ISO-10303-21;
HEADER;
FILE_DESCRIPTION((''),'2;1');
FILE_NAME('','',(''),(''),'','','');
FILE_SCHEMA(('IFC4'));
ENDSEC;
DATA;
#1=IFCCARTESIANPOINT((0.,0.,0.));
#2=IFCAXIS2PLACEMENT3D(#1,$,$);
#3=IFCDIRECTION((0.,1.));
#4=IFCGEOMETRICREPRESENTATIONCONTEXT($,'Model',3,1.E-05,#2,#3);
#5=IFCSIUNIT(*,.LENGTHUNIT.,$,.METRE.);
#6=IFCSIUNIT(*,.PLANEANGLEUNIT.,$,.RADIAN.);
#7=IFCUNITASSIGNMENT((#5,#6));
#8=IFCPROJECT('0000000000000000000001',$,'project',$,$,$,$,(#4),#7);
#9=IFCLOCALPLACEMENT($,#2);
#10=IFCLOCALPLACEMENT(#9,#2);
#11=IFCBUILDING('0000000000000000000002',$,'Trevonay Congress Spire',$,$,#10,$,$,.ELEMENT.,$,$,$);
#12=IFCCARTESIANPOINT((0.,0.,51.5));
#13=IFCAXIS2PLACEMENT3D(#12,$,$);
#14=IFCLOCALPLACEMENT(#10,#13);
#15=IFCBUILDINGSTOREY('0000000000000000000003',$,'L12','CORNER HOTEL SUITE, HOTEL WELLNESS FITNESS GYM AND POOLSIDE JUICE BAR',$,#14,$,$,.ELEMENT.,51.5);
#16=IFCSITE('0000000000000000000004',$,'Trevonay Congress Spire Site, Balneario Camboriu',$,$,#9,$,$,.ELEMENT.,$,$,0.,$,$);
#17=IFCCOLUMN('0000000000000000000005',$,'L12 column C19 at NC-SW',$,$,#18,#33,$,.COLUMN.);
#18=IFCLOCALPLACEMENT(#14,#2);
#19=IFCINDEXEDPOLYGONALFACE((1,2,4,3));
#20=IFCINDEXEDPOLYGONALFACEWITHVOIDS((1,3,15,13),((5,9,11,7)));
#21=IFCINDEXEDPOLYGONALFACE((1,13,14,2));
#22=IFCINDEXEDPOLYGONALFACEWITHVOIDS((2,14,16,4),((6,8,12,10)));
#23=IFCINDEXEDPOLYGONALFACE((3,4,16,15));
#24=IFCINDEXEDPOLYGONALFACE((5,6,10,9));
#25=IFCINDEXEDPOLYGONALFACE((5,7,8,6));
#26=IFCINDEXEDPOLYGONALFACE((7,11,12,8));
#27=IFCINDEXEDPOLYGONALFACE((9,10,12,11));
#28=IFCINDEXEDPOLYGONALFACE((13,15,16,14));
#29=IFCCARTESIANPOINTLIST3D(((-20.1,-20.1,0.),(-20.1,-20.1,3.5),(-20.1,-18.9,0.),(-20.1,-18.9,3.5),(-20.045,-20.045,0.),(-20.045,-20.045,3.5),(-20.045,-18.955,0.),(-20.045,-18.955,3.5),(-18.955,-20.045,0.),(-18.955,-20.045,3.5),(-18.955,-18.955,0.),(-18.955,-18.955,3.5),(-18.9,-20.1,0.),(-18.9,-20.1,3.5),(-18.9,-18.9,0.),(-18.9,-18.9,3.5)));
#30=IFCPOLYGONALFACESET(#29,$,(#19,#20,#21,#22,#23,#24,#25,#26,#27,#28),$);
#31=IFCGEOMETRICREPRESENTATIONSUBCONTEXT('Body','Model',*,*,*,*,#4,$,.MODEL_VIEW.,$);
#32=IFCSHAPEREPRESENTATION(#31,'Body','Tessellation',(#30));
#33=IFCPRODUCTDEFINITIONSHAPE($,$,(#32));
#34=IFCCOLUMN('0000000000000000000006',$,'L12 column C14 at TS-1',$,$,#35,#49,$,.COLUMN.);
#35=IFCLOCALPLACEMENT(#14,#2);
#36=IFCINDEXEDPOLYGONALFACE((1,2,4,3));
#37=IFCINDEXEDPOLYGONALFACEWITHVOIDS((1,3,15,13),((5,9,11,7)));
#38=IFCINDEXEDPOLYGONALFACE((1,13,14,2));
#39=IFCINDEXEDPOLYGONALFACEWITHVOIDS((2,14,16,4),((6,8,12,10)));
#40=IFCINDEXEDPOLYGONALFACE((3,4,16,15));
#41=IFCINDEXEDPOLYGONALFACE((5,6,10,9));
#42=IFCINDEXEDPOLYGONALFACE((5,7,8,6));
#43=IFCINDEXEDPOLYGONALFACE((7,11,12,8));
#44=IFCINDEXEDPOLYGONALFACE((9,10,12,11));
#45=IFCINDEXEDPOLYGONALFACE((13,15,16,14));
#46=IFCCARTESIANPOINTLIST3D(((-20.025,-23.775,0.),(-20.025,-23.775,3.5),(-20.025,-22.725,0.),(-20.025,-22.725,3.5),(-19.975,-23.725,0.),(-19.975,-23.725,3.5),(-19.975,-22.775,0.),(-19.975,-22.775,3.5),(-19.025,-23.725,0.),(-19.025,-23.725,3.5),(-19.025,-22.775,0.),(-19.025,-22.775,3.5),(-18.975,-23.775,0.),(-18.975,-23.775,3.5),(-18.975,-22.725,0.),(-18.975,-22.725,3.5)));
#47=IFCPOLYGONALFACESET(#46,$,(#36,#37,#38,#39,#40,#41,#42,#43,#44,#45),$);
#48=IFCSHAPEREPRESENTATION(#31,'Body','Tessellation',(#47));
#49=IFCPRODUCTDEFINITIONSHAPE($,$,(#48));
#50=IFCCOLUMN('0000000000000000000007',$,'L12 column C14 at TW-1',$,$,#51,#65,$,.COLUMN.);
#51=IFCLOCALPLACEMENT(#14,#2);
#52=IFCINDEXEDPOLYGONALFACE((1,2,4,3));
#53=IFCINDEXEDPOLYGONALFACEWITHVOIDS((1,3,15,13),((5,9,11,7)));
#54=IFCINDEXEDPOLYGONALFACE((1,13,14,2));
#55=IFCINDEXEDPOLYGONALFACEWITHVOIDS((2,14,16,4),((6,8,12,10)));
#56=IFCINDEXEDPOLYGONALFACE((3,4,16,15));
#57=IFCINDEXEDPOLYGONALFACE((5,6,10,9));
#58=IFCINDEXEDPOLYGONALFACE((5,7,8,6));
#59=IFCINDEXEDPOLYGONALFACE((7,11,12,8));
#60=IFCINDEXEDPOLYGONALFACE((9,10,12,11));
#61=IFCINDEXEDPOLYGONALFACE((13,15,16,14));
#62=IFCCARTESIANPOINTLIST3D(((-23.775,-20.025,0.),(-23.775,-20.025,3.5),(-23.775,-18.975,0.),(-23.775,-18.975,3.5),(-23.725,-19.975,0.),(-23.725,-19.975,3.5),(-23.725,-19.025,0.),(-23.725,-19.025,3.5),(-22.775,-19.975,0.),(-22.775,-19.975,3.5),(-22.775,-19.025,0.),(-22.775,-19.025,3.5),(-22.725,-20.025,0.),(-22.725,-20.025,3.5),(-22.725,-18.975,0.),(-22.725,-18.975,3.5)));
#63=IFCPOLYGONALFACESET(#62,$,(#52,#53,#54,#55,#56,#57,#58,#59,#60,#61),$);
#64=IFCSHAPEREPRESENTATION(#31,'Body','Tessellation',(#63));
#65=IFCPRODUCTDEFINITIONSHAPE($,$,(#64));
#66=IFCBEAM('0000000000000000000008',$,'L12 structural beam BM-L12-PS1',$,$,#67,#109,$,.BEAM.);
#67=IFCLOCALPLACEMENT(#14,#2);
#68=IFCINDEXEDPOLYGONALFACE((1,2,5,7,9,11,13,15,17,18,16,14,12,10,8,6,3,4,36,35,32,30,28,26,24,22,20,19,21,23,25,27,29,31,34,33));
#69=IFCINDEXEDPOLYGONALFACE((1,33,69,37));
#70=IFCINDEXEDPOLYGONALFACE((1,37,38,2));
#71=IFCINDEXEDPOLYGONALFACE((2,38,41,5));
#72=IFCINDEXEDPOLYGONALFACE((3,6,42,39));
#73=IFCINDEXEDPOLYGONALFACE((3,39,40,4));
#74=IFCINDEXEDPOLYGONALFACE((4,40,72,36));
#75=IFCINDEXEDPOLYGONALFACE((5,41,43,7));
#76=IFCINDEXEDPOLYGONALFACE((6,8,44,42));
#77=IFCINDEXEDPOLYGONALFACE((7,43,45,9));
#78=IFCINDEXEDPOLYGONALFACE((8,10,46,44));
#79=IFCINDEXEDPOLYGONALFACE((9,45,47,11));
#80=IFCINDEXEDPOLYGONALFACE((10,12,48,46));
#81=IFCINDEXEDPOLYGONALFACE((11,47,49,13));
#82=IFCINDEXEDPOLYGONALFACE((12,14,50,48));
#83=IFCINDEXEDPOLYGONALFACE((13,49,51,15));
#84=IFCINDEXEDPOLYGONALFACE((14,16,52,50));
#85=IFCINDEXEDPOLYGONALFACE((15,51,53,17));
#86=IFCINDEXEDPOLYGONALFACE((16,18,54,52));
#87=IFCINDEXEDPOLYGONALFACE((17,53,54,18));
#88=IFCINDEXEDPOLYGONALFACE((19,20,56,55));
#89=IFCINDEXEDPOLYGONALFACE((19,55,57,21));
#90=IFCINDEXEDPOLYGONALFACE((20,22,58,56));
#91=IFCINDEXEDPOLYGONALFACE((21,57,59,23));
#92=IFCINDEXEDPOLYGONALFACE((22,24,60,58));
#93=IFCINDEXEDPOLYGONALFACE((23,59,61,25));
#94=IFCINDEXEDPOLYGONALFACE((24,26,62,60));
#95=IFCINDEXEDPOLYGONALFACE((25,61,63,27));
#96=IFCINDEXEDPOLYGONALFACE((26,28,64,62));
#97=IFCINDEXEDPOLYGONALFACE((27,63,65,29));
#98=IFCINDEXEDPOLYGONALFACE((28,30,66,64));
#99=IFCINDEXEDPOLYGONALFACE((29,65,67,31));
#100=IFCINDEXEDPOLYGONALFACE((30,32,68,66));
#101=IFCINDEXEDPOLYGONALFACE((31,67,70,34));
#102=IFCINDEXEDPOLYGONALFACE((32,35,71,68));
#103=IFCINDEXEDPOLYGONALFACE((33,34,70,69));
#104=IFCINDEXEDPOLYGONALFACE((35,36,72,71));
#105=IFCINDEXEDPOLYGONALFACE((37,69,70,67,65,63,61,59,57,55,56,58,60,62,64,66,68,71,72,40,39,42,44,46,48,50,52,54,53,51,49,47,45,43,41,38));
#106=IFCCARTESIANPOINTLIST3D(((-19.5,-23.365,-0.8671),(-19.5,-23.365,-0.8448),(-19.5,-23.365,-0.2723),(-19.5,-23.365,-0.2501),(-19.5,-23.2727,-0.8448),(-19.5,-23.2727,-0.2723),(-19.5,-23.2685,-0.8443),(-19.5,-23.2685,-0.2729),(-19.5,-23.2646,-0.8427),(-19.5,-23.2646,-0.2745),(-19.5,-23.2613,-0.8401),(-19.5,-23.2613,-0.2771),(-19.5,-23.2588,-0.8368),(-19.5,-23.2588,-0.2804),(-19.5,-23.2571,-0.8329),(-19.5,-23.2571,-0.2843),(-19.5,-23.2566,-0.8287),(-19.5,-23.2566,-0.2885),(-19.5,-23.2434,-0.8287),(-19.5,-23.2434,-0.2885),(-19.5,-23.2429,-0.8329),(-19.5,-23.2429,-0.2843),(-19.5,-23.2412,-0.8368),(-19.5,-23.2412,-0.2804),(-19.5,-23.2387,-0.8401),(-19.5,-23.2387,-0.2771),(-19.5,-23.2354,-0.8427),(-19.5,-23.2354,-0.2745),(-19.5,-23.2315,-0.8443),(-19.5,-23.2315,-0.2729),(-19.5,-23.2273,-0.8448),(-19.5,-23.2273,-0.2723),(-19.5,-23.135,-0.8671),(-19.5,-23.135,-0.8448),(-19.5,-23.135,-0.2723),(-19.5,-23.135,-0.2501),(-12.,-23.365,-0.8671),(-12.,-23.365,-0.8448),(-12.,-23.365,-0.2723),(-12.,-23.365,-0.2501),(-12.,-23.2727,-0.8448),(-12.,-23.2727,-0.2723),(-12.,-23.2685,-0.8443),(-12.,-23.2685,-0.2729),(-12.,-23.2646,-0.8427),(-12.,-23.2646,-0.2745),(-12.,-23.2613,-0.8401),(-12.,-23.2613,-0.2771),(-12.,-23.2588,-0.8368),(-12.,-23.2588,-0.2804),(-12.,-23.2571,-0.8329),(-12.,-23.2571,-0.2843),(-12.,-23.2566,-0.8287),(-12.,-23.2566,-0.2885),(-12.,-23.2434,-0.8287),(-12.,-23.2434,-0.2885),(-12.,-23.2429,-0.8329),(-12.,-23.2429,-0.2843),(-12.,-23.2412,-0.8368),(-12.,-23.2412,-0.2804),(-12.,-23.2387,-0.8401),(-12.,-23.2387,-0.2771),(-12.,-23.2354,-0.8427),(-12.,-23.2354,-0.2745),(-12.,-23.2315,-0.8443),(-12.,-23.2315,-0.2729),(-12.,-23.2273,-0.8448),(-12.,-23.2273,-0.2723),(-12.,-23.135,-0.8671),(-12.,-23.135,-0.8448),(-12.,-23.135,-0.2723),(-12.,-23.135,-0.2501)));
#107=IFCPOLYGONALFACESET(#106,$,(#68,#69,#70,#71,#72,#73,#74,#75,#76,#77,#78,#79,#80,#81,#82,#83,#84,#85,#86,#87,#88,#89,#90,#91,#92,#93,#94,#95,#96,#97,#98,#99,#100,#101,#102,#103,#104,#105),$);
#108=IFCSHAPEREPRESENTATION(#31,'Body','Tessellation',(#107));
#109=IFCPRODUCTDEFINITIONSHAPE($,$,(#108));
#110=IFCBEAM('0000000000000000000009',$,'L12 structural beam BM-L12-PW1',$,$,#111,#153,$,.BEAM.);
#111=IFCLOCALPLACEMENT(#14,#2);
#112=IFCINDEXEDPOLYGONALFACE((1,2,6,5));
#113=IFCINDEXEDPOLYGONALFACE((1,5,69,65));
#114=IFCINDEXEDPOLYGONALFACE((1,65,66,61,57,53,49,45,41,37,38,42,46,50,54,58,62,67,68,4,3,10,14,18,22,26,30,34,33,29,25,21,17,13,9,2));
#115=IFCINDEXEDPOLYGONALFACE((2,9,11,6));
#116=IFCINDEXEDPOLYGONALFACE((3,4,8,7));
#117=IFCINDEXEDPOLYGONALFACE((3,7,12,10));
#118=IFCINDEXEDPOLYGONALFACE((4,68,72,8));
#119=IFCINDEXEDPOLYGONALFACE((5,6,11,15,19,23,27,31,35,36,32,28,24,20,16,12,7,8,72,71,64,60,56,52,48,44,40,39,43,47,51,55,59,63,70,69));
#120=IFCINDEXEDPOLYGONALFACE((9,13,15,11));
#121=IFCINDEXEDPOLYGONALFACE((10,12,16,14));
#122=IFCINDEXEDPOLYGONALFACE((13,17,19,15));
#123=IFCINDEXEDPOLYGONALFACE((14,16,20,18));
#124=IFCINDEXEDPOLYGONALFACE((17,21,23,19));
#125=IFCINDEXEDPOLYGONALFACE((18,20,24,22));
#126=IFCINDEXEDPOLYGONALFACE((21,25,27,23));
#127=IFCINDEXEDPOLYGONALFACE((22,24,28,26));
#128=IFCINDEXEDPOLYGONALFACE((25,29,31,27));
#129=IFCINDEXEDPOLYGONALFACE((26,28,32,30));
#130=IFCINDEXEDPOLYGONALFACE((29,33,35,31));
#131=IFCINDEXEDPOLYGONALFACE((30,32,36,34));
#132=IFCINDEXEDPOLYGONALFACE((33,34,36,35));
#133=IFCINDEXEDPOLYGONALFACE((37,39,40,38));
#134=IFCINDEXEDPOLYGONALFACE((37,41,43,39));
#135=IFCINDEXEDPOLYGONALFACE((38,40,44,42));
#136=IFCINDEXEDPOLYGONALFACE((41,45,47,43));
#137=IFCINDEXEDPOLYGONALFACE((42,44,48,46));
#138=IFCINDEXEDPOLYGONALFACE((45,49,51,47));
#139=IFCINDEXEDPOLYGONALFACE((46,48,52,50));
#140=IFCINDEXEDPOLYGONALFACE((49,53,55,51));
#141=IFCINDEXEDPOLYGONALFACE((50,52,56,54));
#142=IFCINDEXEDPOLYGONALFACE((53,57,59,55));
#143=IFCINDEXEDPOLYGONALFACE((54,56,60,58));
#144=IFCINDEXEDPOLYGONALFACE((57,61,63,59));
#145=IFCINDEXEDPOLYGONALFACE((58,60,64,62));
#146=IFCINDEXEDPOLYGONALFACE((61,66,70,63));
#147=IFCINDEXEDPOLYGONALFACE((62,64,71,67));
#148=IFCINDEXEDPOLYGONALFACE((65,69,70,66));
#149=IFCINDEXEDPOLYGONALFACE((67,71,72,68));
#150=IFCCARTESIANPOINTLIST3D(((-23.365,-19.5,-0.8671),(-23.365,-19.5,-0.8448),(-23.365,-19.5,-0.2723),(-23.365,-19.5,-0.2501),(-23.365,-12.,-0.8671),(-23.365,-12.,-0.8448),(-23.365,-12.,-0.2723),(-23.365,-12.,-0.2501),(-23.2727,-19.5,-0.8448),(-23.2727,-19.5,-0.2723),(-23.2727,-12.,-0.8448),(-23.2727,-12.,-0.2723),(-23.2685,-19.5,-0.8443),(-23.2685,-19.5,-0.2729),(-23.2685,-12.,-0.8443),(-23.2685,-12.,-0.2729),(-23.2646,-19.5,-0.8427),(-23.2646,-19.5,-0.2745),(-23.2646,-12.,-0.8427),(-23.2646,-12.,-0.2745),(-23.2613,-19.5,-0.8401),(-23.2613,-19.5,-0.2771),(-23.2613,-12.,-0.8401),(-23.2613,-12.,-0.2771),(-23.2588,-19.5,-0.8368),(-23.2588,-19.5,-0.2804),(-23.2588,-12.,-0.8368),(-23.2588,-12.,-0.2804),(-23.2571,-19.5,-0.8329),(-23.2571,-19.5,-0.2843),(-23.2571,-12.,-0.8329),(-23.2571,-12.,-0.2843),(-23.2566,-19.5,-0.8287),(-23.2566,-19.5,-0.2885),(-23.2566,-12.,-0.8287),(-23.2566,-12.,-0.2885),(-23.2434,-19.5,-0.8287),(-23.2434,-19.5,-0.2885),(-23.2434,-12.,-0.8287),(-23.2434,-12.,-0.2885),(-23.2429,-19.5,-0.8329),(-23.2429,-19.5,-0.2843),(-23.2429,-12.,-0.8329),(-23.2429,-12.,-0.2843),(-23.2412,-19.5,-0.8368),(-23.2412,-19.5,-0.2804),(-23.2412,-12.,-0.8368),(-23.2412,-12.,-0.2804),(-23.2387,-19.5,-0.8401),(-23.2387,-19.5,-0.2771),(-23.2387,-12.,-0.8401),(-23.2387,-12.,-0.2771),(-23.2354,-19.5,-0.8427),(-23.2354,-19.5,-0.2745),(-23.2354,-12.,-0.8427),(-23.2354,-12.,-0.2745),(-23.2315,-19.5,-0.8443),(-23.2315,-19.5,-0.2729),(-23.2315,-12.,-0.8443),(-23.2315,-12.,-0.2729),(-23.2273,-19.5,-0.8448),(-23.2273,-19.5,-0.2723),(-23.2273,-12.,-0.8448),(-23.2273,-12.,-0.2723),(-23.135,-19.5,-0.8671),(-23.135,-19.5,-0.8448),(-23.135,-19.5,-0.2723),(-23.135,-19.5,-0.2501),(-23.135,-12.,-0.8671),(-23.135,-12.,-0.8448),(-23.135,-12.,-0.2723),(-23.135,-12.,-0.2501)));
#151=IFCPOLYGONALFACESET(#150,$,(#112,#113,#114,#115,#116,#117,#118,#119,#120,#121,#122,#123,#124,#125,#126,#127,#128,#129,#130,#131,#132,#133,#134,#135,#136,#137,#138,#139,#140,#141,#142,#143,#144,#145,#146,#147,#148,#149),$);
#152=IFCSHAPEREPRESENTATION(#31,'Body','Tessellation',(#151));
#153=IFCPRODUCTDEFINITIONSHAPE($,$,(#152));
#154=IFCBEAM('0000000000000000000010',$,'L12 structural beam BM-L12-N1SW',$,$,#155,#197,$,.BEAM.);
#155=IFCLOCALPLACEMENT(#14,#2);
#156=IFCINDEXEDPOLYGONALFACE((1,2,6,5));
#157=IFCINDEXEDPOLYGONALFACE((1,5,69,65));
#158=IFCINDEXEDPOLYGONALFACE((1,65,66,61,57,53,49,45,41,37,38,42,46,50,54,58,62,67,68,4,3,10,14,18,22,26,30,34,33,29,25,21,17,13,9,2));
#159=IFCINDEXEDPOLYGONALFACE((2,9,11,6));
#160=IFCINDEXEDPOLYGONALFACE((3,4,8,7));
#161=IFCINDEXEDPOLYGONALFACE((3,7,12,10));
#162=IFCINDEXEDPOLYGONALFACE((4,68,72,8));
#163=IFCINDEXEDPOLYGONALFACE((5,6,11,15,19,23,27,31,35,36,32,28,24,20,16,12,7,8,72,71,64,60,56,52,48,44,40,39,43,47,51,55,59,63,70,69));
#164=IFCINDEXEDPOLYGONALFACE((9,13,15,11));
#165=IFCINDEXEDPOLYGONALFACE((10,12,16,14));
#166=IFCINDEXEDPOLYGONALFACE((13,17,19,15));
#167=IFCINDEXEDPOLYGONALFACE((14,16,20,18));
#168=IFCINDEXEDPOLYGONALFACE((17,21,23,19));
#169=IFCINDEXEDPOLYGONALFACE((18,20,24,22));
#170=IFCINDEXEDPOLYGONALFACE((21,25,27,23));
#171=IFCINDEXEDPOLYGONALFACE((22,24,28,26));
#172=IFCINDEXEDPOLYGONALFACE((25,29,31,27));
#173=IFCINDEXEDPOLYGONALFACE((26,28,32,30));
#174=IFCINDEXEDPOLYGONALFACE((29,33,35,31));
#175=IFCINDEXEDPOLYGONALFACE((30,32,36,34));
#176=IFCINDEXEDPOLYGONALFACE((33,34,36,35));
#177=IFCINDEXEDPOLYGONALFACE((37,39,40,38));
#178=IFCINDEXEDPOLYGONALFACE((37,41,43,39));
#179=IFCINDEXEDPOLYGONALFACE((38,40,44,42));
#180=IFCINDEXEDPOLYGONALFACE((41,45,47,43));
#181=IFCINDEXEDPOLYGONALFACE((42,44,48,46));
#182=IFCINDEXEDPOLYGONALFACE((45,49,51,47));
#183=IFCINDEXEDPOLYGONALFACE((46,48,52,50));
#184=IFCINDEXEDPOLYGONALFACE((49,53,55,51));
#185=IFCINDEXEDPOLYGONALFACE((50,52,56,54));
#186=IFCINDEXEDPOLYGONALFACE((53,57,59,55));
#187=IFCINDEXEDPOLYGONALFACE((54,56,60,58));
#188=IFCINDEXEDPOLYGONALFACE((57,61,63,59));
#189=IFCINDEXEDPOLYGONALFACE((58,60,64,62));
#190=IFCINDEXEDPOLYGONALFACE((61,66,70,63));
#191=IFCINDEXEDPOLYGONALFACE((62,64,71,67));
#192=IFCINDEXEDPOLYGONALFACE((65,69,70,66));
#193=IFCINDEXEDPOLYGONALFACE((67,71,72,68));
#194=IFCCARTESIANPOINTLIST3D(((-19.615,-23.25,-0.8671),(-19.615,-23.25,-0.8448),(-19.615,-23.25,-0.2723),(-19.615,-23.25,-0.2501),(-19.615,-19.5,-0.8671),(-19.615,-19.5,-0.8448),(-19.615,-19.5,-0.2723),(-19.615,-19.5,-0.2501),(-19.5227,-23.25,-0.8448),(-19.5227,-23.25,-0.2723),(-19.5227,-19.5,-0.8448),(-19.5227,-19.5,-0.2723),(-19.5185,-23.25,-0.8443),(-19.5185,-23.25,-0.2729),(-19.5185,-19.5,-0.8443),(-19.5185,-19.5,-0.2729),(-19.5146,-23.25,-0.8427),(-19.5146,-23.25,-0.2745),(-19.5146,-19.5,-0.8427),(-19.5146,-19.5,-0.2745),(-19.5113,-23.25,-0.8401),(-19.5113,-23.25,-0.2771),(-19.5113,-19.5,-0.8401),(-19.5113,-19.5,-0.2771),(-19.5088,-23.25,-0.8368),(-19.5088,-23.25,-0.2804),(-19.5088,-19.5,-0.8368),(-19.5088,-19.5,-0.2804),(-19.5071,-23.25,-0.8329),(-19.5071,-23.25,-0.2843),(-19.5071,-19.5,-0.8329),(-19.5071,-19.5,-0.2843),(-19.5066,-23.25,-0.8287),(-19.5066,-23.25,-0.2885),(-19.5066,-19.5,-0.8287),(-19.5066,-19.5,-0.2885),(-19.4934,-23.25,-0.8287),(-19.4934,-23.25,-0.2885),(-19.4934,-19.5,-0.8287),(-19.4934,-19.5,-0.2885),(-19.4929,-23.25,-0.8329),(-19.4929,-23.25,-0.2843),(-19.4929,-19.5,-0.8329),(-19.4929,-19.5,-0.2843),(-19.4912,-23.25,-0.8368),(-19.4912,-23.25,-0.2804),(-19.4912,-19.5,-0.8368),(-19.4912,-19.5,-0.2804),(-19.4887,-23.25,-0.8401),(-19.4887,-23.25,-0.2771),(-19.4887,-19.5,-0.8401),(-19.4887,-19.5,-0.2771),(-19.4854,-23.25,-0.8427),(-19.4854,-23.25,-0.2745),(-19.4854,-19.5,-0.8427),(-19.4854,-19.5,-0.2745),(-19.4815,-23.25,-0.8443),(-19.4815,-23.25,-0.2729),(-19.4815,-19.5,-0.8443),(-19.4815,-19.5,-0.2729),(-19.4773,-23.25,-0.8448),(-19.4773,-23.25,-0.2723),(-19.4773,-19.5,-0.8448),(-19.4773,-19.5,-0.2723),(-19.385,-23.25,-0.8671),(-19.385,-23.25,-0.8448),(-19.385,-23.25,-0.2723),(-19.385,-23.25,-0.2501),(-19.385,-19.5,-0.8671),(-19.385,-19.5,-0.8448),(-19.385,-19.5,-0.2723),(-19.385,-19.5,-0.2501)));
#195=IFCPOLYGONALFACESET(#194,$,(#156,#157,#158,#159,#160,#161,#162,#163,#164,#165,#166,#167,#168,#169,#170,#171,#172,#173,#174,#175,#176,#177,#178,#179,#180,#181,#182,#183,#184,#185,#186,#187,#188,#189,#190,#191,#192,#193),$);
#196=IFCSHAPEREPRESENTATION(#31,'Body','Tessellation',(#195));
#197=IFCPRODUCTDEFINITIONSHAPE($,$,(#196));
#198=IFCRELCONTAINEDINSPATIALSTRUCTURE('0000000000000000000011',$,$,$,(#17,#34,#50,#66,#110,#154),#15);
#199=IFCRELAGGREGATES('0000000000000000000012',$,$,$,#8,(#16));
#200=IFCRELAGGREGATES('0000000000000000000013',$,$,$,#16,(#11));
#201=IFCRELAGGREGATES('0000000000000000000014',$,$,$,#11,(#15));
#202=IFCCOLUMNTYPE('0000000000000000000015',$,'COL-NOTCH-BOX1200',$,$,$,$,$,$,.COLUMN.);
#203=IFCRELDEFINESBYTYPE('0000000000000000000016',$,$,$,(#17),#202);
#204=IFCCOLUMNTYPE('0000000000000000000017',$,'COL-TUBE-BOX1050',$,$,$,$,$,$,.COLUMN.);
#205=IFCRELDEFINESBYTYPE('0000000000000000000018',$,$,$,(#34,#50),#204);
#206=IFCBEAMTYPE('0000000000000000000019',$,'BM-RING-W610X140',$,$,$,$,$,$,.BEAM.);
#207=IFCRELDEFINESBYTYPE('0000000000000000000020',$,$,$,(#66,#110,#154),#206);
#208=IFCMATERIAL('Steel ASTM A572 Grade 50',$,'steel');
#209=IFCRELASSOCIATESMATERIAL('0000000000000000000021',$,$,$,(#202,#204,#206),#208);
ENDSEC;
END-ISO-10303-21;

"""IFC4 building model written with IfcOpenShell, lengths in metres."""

from ifc_helpers import new_model, si_unit, direction, frame, origin, origin_2d, place, context, subcontext, project, spatial, hollow_rectangle, i_section, extrude, material, material_profile, profile_set, type_object, element, save


model = new_model("IFC4")

# Units and contexts
model_context = context("Model", 3, precision=1e-05, world=origin(), true_north=direction((0.0, 1.0)))
body_context = subcontext(model_context, "Body", "Model", "MODEL_VIEW")
ifc_project = project(units=[si_unit("LENGTHUNIT", "METRE"), si_unit("PLANEANGLEUNIT", "RADIAN")], contexts=[model_context])

# Site, building, storey
site_placement = place(None, origin())
site = spatial("IfcSite", under=ifc_project, at=site_placement, Name="Trevonay Congress Spire Site, Balneario Camboriu", CompositionType="ELEMENT", RefElevation=0.0)
building_placement = place(site_placement, origin())
building = spatial("IfcBuilding", under=site, at=building_placement, Name="Trevonay Congress Spire", CompositionType="ELEMENT")
storey_placement = place(building_placement, frame((0.0, 0.0, 51.5)))
storey = spatial("IfcBuildingStorey", under=building, at=storey_placement, Name="L12", Description="CORNER HOTEL SUITE, HOTEL WELLNESS FITNESS GYM AND POOLSIDE JUICE BAR", CompositionType="ELEMENT", Elevation=51.5)

# Columns
ifc_material_1 = material(Name="Steel ASTM A572 Grade 50", Category="steel")
ifc_material_profile_1 = material_profile(ifc_material_1, hollow_rectangle(XDim=1.2, YDim=1.2, WallThickness=0.0549, at=origin_2d()), Name="BOX 1200x1200x55")
ifc_profile_set_1 = profile_set([ifc_material_profile_1], Name="Steel ASTM A572 Grade 50")
column_type_1 = type_object("IfcColumnType", Name="COL-NOTCH-BOX1200", PredefinedType="COLUMN", material=ifc_profile_set_1)
column_placement = place(storey_placement, frame((-19.5, -19.5, 0.0), z_axis=(0.0, 0.0, 1.0), x_axis=(1.0, 0.0, 0.0)))
element("IfcColumn", 1, at=column_placement, inside=storey, type_object=column_type_1, Name="L12 column C19 at NC-SW", PredefinedType="COLUMN", context=body_context, shape_type="SweptSolid", body=[
    extrude(hollow_rectangle(XDim=1.2, YDim=1.2, WallThickness=0.0549, at=origin_2d()), origin(), (0.0, 0.0, 1.0), 3.5),
])
ifc_material_profile_2 = material_profile(ifc_material_1, hollow_rectangle(XDim=1.05, YDim=1.05, WallThickness=0.05, at=origin_2d()), Name="BOX 1050x1050x50")
ifc_profile_set_2 = profile_set([ifc_material_profile_2], Name="Steel ASTM A572 Grade 50")
column_type_2 = type_object("IfcColumnType", Name="COL-TUBE-BOX1050", PredefinedType="COLUMN", material=ifc_profile_set_2)
for number, where, z_axis, x_axis, name in (
    (2, (-19.5, -23.25, 0.0), (0.0, 0.0, 1.0), (1.0, 0.0, 0.0), "L12 column C14 at TS-1"),
    (3, (-23.25, -19.5, 0.0), (0.0, 0.0, 1.0), (1.0, 0.0, 0.0), "L12 column C14 at TW-1"),
):
    element("IfcColumn", number, at=place(storey_placement, frame(where, z_axis=z_axis, x_axis=x_axis)), inside=storey, type_object=column_type_2, Name=name, PredefinedType="COLUMN", context=body_context, shape_type="SweptSolid", body=[
        extrude(hollow_rectangle(XDim=1.05, YDim=1.05, WallThickness=0.05, at=origin_2d()), origin(), (0.0, 0.0, 1.0), 3.5),
    ])

# Beams
ifc_material_profile_3 = material_profile(ifc_material_1, i_section(OverallWidth=0.23, OverallDepth=0.6169, WebThickness=0.0132, FlangeThickness=0.0222, FilletRadius=0.0161, at=origin_2d()), Name="W610x140")
ifc_profile_set_3 = profile_set([ifc_material_profile_3], Name="Steel ASTM A572 Grade 50")
beam_type = type_object("IfcBeamType", Name="BM-RING-W610X140", PredefinedType="BEAM", material=ifc_profile_set_3)
for number, where, z_axis, x_axis, name in (
    (4, (-19.5, -23.25, -0.5586), (1.0, 0.0, 0.0), (0.0, 1.0, 0.0), "L12 structural beam BM-L12-PS1"),
    (5, (-23.25, -19.5, -0.5586), (0.0, 1.0, 0.0), (-1.0, 0.0, 0.0), "L12 structural beam BM-L12-PW1"),
):
    element("IfcBeam", number, at=place(storey_placement, frame(where, z_axis=z_axis, x_axis=x_axis)), inside=storey, type_object=beam_type, Name=name, PredefinedType="BEAM", context=body_context, shape_type="SweptSolid", body=[
        extrude(i_section(OverallWidth=0.23, OverallDepth=0.6169, WebThickness=0.0132, FlangeThickness=0.0222, FilletRadius=0.0161, at=origin_2d()), origin(), (0.0, 0.0, 1.0), 7.5),
    ])
for number, where, z_axis, x_axis, name in (
    (6, (-19.5, -23.25, -0.5586), (0.0, 1.0, 0.0), (-1.0, 0.0, 0.0), "L12 structural beam BM-L12-N1SW"),
):
    element("IfcBeam", number, at=place(storey_placement, frame(where, z_axis=z_axis, x_axis=x_axis)), inside=storey, type_object=beam_type, Name=name, PredefinedType="BEAM", context=body_context, shape_type="SweptSolid", body=[
        extrude(i_section(OverallWidth=0.23, OverallDepth=0.6169, WebThickness=0.0132, FlangeThickness=0.0222, FilletRadius=0.0161, at=origin_2d()), origin(), (0.0, 0.0, 1.0), 3.75),
    ])

save(model, "model.ifc")
